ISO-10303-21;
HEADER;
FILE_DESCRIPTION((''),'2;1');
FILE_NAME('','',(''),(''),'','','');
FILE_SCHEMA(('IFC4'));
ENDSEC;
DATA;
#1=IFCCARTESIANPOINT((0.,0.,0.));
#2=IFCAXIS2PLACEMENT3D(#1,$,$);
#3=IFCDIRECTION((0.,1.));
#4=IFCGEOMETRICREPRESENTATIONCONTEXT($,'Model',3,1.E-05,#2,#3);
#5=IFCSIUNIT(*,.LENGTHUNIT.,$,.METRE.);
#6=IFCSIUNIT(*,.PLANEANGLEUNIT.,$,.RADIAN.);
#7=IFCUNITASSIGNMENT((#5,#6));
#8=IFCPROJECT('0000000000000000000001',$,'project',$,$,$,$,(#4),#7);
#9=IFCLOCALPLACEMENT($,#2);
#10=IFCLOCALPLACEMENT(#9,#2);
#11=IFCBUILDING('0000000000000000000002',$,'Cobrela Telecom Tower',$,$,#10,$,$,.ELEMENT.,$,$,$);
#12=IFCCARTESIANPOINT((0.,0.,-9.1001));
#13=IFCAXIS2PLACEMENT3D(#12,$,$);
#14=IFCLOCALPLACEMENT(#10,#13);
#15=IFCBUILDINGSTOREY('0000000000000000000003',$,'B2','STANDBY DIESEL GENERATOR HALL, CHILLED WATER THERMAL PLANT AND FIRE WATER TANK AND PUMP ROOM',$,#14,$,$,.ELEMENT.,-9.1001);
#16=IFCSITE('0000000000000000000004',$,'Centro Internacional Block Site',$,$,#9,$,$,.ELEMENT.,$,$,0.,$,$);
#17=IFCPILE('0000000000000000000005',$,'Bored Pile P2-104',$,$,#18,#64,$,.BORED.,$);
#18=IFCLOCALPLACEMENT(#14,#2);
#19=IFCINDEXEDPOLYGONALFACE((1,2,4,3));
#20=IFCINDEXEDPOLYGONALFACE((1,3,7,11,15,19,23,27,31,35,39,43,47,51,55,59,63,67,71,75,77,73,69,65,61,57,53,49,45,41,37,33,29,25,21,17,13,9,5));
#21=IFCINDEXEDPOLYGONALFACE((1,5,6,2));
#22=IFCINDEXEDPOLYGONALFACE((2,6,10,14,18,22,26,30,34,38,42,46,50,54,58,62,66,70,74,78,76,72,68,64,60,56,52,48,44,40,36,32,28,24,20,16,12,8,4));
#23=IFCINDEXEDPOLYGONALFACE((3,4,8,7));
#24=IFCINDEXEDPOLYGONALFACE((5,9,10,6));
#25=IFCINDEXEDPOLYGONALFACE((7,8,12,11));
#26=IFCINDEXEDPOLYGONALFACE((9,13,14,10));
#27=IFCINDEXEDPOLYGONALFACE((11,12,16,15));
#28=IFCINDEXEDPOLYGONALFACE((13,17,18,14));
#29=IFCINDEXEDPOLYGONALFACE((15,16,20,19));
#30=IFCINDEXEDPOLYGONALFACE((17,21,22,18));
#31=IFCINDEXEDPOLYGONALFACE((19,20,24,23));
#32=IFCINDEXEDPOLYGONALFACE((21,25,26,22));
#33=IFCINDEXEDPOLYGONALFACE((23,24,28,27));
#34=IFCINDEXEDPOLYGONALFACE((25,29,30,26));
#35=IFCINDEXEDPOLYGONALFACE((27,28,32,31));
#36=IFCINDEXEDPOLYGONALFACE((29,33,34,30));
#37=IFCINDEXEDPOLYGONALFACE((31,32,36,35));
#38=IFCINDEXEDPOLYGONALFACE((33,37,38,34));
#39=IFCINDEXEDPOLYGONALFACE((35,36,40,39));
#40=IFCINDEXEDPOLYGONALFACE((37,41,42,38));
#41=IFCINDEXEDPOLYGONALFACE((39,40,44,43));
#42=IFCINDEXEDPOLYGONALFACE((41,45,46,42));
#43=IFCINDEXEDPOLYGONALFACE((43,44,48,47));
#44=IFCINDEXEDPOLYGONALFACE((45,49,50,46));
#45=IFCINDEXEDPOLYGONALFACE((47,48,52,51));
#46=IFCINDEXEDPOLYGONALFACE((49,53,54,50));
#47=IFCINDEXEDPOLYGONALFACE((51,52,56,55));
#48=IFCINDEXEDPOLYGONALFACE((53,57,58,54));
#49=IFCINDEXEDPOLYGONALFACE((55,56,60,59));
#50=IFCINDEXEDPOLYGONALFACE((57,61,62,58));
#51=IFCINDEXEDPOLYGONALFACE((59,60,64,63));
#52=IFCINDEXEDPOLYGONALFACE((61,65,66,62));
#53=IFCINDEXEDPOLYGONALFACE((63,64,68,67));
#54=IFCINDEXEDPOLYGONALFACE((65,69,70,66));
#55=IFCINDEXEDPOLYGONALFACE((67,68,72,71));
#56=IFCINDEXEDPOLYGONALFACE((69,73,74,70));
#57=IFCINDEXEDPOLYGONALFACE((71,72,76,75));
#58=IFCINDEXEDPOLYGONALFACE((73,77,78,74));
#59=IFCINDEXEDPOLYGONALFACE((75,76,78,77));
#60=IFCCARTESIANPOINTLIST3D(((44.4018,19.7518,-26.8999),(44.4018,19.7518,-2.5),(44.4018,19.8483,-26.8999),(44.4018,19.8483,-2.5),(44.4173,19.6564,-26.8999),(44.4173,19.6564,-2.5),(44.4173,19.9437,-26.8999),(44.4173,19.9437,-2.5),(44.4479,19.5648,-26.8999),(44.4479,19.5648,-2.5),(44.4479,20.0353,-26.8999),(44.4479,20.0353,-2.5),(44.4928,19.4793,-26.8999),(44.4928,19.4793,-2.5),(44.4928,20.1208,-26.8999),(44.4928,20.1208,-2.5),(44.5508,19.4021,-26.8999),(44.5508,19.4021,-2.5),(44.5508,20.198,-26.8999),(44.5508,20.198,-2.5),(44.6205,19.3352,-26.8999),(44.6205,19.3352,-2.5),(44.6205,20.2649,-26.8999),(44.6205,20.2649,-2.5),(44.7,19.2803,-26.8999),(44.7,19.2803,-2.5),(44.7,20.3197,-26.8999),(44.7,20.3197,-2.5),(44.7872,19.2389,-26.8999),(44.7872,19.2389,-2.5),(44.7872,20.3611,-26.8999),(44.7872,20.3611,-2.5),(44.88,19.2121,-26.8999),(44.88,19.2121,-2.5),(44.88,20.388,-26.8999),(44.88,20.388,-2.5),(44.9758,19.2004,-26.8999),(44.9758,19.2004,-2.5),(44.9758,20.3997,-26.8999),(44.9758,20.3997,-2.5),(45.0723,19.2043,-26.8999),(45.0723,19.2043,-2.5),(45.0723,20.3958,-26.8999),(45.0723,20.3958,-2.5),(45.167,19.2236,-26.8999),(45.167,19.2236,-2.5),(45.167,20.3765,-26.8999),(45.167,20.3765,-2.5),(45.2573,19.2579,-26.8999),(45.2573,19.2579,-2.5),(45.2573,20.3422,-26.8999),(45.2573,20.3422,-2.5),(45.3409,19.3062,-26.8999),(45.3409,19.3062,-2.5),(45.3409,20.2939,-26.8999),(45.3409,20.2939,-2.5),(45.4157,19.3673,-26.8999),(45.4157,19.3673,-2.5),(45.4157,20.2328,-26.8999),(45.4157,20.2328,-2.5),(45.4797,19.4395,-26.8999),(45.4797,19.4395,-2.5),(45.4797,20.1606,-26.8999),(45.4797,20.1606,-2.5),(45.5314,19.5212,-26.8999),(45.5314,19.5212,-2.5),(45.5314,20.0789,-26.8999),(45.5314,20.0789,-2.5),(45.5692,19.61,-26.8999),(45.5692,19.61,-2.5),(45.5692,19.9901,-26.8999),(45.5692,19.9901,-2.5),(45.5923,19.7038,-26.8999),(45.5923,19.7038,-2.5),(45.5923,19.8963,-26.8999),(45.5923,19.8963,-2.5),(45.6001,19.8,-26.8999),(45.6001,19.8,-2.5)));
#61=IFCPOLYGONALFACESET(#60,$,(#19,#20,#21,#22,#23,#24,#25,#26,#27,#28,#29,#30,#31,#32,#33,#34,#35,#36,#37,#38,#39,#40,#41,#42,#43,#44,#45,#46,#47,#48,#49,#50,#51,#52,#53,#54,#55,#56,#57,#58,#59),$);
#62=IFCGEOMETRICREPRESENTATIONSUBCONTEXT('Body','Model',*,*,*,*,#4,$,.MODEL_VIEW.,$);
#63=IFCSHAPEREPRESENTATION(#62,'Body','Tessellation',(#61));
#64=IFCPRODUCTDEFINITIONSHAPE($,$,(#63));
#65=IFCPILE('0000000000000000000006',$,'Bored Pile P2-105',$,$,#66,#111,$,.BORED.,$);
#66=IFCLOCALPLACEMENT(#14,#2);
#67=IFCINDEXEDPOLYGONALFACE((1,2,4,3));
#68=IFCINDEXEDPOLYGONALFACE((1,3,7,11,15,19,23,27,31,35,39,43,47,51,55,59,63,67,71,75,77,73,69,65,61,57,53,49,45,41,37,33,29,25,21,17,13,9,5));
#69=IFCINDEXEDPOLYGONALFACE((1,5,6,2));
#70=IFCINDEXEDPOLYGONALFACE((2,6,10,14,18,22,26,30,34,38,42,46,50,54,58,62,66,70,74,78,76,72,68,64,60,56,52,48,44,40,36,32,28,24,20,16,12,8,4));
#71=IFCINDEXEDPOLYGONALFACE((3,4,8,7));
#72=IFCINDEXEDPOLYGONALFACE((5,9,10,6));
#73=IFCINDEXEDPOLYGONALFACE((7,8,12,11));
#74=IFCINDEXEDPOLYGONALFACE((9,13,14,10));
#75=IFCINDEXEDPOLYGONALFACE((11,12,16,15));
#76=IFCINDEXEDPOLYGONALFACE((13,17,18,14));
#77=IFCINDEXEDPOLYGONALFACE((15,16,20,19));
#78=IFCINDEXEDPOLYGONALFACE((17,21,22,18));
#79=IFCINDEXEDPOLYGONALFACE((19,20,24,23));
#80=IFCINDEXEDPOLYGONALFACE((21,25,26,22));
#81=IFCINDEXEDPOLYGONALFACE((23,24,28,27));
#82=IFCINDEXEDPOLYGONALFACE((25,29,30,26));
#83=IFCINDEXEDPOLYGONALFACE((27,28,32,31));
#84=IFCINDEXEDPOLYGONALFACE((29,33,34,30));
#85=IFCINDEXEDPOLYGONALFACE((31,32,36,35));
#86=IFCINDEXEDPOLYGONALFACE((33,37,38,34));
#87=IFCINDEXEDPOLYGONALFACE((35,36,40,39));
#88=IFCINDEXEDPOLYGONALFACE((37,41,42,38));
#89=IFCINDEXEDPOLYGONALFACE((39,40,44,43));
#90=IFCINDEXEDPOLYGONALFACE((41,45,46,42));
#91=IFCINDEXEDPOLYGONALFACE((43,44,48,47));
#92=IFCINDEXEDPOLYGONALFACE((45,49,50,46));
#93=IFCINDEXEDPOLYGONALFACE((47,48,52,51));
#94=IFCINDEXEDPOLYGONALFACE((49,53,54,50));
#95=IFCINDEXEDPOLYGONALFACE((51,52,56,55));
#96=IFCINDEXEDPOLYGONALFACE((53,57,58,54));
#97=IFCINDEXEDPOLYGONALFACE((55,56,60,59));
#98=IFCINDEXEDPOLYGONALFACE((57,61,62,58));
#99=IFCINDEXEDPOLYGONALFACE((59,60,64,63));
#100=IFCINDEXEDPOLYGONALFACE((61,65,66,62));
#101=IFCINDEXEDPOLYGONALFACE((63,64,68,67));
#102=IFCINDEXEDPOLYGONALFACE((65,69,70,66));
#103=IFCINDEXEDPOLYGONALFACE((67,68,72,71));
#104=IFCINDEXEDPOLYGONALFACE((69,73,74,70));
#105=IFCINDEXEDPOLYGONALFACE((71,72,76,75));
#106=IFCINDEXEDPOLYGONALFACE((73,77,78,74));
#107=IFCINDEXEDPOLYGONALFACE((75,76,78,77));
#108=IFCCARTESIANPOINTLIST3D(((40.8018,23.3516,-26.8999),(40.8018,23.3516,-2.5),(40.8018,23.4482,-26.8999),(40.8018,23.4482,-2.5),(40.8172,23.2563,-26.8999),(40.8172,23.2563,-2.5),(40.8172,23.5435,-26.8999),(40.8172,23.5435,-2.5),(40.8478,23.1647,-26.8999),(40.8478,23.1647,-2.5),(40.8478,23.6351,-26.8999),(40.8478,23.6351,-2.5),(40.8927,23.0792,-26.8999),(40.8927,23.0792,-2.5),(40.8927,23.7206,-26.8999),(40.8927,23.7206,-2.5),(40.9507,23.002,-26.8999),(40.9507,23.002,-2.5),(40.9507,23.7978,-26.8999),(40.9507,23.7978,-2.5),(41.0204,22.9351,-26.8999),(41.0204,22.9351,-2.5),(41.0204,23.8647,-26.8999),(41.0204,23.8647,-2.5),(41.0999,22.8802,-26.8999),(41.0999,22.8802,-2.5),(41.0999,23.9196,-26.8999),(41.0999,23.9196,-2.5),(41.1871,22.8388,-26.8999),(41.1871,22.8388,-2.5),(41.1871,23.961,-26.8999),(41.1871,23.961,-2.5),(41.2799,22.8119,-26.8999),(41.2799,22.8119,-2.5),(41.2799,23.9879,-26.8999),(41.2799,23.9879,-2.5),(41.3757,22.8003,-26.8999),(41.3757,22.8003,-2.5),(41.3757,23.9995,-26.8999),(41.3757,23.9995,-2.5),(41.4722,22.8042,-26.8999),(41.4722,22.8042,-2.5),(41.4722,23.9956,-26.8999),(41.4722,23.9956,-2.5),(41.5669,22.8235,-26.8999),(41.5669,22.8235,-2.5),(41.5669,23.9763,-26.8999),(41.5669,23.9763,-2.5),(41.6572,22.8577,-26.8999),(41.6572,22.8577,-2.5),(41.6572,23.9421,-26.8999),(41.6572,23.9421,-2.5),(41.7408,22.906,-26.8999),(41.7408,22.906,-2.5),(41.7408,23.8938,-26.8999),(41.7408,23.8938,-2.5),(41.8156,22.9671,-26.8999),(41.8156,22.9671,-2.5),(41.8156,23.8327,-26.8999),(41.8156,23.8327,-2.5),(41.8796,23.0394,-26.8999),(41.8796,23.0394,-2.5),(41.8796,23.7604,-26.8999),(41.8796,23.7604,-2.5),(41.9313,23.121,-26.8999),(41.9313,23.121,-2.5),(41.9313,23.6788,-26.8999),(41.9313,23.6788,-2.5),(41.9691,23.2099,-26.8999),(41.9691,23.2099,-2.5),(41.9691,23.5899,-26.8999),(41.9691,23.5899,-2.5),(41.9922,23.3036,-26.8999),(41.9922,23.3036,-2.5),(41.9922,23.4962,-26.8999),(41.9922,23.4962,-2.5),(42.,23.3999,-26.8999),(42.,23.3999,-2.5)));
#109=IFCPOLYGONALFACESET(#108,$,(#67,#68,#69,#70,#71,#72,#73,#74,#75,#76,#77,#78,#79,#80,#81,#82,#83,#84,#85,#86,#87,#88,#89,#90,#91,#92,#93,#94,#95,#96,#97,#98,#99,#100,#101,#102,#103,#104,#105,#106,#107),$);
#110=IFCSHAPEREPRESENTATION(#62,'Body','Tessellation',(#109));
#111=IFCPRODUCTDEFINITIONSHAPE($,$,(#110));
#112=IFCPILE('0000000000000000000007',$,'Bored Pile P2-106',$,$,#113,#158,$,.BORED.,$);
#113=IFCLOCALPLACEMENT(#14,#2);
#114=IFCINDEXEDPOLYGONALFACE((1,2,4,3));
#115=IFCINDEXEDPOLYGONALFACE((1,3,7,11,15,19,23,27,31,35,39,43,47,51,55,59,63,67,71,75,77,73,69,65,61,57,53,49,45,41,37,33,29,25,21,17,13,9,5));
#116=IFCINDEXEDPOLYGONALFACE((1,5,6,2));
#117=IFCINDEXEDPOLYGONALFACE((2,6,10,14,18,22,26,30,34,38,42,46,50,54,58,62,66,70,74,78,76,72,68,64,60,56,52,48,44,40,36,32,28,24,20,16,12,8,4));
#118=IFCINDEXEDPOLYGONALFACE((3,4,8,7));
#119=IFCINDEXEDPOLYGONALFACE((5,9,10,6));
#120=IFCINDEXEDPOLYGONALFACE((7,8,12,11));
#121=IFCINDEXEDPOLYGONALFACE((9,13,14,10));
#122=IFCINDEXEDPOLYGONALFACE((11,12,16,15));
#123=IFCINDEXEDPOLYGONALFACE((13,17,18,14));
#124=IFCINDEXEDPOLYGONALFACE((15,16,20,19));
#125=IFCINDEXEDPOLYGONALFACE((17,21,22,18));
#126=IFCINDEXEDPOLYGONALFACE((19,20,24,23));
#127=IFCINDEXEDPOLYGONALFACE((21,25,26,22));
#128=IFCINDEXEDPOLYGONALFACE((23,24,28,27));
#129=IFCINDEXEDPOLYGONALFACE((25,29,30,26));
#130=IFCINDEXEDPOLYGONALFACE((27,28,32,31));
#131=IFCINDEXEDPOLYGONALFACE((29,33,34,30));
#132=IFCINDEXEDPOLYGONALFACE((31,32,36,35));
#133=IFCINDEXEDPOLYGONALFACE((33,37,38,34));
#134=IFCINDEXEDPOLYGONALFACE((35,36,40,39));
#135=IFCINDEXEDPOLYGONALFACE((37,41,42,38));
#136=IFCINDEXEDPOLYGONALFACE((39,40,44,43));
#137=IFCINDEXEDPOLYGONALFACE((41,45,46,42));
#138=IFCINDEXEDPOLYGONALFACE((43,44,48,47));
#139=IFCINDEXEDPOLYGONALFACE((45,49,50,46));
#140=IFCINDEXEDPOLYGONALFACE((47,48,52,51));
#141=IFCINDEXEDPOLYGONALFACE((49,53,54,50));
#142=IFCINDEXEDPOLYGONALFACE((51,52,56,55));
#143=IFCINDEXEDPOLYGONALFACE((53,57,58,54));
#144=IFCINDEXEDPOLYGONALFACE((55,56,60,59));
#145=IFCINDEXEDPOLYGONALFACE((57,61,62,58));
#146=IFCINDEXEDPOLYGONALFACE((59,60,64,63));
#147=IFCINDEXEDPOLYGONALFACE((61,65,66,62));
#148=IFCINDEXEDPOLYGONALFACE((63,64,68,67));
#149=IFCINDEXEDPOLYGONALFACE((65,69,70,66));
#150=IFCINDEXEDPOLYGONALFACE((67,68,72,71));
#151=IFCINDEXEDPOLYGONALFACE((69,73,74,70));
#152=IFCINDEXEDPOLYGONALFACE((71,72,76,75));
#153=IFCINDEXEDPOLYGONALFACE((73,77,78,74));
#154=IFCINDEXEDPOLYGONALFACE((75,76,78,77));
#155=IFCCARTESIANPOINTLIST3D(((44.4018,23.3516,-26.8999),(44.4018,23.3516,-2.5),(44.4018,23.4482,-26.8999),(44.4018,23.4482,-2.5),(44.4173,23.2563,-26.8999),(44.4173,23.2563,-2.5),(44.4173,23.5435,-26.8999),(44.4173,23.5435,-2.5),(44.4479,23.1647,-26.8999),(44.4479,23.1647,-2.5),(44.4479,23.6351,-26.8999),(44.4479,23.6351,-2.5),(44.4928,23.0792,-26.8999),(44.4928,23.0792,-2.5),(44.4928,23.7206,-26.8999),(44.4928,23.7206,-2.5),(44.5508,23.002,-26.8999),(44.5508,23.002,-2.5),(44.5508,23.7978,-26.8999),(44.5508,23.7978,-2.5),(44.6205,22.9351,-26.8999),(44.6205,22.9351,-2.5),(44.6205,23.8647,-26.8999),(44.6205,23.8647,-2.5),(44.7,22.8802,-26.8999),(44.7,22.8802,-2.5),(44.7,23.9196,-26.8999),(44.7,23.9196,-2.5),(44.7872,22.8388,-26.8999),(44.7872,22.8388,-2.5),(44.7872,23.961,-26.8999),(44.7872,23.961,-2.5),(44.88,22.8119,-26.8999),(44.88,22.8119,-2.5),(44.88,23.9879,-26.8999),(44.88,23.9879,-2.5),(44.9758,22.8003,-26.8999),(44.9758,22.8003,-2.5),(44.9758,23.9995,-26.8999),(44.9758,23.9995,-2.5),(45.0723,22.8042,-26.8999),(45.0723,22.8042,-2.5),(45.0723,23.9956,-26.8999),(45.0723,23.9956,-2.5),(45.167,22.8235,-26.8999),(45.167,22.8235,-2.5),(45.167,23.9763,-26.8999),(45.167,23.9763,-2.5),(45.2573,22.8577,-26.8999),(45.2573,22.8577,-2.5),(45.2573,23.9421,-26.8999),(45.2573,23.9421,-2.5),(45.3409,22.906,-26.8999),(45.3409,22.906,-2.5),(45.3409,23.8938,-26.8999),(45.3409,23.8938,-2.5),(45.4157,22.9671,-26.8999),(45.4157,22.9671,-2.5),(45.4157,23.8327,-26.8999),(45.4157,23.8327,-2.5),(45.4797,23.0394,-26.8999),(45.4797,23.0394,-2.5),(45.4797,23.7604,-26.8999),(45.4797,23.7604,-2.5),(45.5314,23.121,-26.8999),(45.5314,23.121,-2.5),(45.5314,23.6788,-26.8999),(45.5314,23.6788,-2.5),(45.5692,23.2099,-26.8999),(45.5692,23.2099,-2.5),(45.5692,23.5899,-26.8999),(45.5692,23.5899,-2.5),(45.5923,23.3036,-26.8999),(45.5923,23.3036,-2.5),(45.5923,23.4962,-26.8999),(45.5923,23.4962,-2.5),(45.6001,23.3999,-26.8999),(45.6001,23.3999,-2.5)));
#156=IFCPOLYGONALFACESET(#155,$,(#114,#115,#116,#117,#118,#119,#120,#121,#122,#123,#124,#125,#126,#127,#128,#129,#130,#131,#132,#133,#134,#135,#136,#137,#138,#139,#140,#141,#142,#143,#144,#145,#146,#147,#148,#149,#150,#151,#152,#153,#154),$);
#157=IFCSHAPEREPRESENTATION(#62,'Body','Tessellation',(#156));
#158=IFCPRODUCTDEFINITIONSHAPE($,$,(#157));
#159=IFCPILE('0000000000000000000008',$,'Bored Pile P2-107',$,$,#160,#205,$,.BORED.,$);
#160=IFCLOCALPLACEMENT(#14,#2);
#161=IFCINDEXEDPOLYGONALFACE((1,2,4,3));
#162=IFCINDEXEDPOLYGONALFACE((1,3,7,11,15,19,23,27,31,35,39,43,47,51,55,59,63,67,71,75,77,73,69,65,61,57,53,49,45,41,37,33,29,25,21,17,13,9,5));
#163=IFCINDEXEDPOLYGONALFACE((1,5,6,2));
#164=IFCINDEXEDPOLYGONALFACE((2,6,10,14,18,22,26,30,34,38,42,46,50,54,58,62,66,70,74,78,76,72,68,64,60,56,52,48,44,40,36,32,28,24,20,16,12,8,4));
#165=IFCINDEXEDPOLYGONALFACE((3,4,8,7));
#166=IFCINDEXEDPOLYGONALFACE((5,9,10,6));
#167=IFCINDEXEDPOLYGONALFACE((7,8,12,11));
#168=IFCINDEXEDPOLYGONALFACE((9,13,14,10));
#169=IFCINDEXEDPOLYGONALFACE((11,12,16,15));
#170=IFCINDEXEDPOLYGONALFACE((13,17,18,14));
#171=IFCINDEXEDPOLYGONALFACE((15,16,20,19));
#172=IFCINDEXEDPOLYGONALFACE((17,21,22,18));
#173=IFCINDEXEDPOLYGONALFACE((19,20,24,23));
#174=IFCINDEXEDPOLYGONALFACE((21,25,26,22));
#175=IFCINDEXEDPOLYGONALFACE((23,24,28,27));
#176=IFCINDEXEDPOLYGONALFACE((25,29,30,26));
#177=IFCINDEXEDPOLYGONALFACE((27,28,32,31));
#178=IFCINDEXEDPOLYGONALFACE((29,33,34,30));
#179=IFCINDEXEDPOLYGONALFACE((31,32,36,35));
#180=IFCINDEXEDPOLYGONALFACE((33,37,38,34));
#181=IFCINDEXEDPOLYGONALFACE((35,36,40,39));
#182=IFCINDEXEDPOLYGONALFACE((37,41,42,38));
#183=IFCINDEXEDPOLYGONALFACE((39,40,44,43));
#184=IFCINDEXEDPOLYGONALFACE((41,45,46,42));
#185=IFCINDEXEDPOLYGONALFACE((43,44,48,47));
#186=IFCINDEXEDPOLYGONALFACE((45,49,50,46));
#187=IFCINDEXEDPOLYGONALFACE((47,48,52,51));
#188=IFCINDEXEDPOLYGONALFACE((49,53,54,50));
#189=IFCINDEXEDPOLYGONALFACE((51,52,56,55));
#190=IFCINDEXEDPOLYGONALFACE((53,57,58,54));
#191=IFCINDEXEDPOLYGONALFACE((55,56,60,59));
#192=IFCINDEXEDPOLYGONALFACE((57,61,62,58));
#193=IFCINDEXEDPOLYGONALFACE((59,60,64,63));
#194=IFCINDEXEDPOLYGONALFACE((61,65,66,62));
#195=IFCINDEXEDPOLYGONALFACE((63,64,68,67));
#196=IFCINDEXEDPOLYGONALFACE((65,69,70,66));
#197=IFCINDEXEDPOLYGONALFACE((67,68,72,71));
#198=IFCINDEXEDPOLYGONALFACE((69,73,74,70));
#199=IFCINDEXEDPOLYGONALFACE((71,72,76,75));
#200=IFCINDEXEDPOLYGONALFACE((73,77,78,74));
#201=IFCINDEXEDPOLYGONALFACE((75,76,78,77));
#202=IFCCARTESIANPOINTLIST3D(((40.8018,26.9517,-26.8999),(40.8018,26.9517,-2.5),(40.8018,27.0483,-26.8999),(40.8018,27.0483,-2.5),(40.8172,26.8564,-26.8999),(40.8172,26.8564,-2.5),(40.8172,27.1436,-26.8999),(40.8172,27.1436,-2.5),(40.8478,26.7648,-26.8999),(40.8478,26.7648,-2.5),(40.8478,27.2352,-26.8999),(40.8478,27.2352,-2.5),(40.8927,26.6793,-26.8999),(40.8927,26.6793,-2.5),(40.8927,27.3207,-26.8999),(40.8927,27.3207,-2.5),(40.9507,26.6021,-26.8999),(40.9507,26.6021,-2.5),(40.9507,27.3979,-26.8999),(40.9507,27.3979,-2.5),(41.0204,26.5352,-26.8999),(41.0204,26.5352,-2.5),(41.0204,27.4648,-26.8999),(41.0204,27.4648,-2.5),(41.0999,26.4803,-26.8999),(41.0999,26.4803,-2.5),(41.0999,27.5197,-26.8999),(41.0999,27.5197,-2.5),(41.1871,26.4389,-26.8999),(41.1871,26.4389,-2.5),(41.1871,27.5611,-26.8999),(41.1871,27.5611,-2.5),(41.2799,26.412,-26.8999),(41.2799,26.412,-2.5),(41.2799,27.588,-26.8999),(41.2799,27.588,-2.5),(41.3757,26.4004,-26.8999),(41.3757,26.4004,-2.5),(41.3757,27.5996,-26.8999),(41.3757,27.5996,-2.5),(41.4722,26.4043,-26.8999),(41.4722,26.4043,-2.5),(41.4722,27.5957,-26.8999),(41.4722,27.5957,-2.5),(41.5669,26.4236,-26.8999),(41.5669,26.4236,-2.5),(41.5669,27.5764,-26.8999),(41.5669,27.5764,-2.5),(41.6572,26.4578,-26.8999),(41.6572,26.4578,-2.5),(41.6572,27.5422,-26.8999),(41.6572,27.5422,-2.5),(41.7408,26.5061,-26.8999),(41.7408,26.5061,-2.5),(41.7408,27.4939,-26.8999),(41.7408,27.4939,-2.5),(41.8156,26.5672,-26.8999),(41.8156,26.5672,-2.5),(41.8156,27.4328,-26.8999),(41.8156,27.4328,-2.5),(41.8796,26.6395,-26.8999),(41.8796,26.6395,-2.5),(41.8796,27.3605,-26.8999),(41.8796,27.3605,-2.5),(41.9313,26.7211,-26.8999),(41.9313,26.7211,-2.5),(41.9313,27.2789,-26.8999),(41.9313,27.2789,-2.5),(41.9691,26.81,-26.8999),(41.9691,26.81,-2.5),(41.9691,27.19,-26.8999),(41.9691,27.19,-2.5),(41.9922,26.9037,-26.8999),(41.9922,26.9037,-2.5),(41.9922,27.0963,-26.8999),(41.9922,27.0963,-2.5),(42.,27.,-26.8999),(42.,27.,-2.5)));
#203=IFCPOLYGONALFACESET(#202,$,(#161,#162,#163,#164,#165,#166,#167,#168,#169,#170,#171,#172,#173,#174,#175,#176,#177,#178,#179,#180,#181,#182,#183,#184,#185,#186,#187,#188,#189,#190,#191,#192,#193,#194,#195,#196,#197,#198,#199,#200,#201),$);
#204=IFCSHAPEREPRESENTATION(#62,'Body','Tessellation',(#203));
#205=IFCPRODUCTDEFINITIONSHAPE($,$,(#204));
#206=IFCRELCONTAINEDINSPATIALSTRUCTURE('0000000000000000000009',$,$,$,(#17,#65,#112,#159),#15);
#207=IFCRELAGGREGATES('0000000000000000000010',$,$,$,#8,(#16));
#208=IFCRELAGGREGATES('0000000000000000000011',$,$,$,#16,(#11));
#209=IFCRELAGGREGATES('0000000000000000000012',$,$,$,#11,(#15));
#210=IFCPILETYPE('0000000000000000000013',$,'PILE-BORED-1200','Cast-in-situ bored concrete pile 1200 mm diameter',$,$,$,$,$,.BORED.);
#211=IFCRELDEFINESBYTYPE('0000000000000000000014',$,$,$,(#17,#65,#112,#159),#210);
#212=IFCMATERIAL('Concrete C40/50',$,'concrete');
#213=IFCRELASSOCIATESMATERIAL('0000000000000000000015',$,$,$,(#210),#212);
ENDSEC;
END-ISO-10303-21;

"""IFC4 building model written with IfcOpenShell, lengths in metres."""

from ifc_helpers import new_model, si_unit, direction, frame, origin, origin_2d, place, context, subcontext, project, spatial, circle, extrude, material, material_profile, profile_set, type_object, element, save


model = new_model("IFC4")

# Units and contexts
model_context = context("Model", 3, precision=1e-05, world=origin(), true_north=direction((0.0, 1.0)))
body_context = subcontext(model_context, "Body", "Model", "MODEL_VIEW")
ifc_project = project(units=[si_unit("LENGTHUNIT", "METRE"), si_unit("PLANEANGLEUNIT", "RADIAN")], contexts=[model_context])

# Site, building, storey
site_placement = place(None, origin())
site = spatial("IfcSite", under=ifc_project, at=site_placement, Name="Centro Internacional Block Site", CompositionType="ELEMENT", RefElevation=0.0)
building_placement = place(site_placement, origin())
building = spatial("IfcBuilding", under=site, at=building_placement, Name="Cobrela Telecom Tower", CompositionType="ELEMENT")
storey_placement = place(building_placement, frame((0.0, 0.0, -9.1001)))
storey = spatial("IfcBuildingStorey", under=building, at=storey_placement, Name="B2", Description="STANDBY DIESEL GENERATOR HALL, CHILLED WATER THERMAL PLANT AND FIRE WATER TANK AND PUMP ROOM", CompositionType="ELEMENT", Elevation=-9.1001)

# Shared definitions
ifc_material_1 = material(Name="Concrete C40/50", Category="concrete")

# Piles
ifc_material_profile_1 = material_profile(ifc_material_1, circle(Radius=0.6001, at=origin_2d()), Name="BORED PILE D1200")
ifc_profile_set_1 = profile_set([ifc_material_profile_1], Name="Concrete C40/50")
pile_type = type_object("IfcPileType", Name="PILE-BORED-1200", Description="Cast-in-situ bored concrete pile 1200 mm diameter", PredefinedType="BORED", material=ifc_profile_set_1)
for number, where, z_axis, x_axis, name in (
    (1, (45.0, 19.8, -2.5), (0.0, 0.0, -1.0), (1.0, 0.0, 0.0), "Bored Pile P2-104"),
    (2, (41.3999, 23.3999, -2.5), (0.0, 0.0, -1.0), (1.0, 0.0, 0.0), "Bored Pile P2-105"),
    (3, (45.0, 23.3999, -2.5), (0.0, 0.0, -1.0), (1.0, 0.0, 0.0), "Bored Pile P2-106"),
    (4, (41.3999, 27.0, -2.5), (0.0, 0.0, -1.0), (1.0, 0.0, 0.0), "Bored Pile P2-107"),
):
    element("IfcPile", number, at=place(storey_placement, frame(where, z_axis=z_axis, x_axis=x_axis)), inside=storey, type_object=pile_type, Name=name, PredefinedType="BORED", context=body_context, shape_type="SweptSolid", body=[
        extrude(circle(Radius=0.6001, at=origin_2d()), origin(), (0.0, 0.0, 1.0), 24.3999),
    ])

save(model, "model.ifc")
